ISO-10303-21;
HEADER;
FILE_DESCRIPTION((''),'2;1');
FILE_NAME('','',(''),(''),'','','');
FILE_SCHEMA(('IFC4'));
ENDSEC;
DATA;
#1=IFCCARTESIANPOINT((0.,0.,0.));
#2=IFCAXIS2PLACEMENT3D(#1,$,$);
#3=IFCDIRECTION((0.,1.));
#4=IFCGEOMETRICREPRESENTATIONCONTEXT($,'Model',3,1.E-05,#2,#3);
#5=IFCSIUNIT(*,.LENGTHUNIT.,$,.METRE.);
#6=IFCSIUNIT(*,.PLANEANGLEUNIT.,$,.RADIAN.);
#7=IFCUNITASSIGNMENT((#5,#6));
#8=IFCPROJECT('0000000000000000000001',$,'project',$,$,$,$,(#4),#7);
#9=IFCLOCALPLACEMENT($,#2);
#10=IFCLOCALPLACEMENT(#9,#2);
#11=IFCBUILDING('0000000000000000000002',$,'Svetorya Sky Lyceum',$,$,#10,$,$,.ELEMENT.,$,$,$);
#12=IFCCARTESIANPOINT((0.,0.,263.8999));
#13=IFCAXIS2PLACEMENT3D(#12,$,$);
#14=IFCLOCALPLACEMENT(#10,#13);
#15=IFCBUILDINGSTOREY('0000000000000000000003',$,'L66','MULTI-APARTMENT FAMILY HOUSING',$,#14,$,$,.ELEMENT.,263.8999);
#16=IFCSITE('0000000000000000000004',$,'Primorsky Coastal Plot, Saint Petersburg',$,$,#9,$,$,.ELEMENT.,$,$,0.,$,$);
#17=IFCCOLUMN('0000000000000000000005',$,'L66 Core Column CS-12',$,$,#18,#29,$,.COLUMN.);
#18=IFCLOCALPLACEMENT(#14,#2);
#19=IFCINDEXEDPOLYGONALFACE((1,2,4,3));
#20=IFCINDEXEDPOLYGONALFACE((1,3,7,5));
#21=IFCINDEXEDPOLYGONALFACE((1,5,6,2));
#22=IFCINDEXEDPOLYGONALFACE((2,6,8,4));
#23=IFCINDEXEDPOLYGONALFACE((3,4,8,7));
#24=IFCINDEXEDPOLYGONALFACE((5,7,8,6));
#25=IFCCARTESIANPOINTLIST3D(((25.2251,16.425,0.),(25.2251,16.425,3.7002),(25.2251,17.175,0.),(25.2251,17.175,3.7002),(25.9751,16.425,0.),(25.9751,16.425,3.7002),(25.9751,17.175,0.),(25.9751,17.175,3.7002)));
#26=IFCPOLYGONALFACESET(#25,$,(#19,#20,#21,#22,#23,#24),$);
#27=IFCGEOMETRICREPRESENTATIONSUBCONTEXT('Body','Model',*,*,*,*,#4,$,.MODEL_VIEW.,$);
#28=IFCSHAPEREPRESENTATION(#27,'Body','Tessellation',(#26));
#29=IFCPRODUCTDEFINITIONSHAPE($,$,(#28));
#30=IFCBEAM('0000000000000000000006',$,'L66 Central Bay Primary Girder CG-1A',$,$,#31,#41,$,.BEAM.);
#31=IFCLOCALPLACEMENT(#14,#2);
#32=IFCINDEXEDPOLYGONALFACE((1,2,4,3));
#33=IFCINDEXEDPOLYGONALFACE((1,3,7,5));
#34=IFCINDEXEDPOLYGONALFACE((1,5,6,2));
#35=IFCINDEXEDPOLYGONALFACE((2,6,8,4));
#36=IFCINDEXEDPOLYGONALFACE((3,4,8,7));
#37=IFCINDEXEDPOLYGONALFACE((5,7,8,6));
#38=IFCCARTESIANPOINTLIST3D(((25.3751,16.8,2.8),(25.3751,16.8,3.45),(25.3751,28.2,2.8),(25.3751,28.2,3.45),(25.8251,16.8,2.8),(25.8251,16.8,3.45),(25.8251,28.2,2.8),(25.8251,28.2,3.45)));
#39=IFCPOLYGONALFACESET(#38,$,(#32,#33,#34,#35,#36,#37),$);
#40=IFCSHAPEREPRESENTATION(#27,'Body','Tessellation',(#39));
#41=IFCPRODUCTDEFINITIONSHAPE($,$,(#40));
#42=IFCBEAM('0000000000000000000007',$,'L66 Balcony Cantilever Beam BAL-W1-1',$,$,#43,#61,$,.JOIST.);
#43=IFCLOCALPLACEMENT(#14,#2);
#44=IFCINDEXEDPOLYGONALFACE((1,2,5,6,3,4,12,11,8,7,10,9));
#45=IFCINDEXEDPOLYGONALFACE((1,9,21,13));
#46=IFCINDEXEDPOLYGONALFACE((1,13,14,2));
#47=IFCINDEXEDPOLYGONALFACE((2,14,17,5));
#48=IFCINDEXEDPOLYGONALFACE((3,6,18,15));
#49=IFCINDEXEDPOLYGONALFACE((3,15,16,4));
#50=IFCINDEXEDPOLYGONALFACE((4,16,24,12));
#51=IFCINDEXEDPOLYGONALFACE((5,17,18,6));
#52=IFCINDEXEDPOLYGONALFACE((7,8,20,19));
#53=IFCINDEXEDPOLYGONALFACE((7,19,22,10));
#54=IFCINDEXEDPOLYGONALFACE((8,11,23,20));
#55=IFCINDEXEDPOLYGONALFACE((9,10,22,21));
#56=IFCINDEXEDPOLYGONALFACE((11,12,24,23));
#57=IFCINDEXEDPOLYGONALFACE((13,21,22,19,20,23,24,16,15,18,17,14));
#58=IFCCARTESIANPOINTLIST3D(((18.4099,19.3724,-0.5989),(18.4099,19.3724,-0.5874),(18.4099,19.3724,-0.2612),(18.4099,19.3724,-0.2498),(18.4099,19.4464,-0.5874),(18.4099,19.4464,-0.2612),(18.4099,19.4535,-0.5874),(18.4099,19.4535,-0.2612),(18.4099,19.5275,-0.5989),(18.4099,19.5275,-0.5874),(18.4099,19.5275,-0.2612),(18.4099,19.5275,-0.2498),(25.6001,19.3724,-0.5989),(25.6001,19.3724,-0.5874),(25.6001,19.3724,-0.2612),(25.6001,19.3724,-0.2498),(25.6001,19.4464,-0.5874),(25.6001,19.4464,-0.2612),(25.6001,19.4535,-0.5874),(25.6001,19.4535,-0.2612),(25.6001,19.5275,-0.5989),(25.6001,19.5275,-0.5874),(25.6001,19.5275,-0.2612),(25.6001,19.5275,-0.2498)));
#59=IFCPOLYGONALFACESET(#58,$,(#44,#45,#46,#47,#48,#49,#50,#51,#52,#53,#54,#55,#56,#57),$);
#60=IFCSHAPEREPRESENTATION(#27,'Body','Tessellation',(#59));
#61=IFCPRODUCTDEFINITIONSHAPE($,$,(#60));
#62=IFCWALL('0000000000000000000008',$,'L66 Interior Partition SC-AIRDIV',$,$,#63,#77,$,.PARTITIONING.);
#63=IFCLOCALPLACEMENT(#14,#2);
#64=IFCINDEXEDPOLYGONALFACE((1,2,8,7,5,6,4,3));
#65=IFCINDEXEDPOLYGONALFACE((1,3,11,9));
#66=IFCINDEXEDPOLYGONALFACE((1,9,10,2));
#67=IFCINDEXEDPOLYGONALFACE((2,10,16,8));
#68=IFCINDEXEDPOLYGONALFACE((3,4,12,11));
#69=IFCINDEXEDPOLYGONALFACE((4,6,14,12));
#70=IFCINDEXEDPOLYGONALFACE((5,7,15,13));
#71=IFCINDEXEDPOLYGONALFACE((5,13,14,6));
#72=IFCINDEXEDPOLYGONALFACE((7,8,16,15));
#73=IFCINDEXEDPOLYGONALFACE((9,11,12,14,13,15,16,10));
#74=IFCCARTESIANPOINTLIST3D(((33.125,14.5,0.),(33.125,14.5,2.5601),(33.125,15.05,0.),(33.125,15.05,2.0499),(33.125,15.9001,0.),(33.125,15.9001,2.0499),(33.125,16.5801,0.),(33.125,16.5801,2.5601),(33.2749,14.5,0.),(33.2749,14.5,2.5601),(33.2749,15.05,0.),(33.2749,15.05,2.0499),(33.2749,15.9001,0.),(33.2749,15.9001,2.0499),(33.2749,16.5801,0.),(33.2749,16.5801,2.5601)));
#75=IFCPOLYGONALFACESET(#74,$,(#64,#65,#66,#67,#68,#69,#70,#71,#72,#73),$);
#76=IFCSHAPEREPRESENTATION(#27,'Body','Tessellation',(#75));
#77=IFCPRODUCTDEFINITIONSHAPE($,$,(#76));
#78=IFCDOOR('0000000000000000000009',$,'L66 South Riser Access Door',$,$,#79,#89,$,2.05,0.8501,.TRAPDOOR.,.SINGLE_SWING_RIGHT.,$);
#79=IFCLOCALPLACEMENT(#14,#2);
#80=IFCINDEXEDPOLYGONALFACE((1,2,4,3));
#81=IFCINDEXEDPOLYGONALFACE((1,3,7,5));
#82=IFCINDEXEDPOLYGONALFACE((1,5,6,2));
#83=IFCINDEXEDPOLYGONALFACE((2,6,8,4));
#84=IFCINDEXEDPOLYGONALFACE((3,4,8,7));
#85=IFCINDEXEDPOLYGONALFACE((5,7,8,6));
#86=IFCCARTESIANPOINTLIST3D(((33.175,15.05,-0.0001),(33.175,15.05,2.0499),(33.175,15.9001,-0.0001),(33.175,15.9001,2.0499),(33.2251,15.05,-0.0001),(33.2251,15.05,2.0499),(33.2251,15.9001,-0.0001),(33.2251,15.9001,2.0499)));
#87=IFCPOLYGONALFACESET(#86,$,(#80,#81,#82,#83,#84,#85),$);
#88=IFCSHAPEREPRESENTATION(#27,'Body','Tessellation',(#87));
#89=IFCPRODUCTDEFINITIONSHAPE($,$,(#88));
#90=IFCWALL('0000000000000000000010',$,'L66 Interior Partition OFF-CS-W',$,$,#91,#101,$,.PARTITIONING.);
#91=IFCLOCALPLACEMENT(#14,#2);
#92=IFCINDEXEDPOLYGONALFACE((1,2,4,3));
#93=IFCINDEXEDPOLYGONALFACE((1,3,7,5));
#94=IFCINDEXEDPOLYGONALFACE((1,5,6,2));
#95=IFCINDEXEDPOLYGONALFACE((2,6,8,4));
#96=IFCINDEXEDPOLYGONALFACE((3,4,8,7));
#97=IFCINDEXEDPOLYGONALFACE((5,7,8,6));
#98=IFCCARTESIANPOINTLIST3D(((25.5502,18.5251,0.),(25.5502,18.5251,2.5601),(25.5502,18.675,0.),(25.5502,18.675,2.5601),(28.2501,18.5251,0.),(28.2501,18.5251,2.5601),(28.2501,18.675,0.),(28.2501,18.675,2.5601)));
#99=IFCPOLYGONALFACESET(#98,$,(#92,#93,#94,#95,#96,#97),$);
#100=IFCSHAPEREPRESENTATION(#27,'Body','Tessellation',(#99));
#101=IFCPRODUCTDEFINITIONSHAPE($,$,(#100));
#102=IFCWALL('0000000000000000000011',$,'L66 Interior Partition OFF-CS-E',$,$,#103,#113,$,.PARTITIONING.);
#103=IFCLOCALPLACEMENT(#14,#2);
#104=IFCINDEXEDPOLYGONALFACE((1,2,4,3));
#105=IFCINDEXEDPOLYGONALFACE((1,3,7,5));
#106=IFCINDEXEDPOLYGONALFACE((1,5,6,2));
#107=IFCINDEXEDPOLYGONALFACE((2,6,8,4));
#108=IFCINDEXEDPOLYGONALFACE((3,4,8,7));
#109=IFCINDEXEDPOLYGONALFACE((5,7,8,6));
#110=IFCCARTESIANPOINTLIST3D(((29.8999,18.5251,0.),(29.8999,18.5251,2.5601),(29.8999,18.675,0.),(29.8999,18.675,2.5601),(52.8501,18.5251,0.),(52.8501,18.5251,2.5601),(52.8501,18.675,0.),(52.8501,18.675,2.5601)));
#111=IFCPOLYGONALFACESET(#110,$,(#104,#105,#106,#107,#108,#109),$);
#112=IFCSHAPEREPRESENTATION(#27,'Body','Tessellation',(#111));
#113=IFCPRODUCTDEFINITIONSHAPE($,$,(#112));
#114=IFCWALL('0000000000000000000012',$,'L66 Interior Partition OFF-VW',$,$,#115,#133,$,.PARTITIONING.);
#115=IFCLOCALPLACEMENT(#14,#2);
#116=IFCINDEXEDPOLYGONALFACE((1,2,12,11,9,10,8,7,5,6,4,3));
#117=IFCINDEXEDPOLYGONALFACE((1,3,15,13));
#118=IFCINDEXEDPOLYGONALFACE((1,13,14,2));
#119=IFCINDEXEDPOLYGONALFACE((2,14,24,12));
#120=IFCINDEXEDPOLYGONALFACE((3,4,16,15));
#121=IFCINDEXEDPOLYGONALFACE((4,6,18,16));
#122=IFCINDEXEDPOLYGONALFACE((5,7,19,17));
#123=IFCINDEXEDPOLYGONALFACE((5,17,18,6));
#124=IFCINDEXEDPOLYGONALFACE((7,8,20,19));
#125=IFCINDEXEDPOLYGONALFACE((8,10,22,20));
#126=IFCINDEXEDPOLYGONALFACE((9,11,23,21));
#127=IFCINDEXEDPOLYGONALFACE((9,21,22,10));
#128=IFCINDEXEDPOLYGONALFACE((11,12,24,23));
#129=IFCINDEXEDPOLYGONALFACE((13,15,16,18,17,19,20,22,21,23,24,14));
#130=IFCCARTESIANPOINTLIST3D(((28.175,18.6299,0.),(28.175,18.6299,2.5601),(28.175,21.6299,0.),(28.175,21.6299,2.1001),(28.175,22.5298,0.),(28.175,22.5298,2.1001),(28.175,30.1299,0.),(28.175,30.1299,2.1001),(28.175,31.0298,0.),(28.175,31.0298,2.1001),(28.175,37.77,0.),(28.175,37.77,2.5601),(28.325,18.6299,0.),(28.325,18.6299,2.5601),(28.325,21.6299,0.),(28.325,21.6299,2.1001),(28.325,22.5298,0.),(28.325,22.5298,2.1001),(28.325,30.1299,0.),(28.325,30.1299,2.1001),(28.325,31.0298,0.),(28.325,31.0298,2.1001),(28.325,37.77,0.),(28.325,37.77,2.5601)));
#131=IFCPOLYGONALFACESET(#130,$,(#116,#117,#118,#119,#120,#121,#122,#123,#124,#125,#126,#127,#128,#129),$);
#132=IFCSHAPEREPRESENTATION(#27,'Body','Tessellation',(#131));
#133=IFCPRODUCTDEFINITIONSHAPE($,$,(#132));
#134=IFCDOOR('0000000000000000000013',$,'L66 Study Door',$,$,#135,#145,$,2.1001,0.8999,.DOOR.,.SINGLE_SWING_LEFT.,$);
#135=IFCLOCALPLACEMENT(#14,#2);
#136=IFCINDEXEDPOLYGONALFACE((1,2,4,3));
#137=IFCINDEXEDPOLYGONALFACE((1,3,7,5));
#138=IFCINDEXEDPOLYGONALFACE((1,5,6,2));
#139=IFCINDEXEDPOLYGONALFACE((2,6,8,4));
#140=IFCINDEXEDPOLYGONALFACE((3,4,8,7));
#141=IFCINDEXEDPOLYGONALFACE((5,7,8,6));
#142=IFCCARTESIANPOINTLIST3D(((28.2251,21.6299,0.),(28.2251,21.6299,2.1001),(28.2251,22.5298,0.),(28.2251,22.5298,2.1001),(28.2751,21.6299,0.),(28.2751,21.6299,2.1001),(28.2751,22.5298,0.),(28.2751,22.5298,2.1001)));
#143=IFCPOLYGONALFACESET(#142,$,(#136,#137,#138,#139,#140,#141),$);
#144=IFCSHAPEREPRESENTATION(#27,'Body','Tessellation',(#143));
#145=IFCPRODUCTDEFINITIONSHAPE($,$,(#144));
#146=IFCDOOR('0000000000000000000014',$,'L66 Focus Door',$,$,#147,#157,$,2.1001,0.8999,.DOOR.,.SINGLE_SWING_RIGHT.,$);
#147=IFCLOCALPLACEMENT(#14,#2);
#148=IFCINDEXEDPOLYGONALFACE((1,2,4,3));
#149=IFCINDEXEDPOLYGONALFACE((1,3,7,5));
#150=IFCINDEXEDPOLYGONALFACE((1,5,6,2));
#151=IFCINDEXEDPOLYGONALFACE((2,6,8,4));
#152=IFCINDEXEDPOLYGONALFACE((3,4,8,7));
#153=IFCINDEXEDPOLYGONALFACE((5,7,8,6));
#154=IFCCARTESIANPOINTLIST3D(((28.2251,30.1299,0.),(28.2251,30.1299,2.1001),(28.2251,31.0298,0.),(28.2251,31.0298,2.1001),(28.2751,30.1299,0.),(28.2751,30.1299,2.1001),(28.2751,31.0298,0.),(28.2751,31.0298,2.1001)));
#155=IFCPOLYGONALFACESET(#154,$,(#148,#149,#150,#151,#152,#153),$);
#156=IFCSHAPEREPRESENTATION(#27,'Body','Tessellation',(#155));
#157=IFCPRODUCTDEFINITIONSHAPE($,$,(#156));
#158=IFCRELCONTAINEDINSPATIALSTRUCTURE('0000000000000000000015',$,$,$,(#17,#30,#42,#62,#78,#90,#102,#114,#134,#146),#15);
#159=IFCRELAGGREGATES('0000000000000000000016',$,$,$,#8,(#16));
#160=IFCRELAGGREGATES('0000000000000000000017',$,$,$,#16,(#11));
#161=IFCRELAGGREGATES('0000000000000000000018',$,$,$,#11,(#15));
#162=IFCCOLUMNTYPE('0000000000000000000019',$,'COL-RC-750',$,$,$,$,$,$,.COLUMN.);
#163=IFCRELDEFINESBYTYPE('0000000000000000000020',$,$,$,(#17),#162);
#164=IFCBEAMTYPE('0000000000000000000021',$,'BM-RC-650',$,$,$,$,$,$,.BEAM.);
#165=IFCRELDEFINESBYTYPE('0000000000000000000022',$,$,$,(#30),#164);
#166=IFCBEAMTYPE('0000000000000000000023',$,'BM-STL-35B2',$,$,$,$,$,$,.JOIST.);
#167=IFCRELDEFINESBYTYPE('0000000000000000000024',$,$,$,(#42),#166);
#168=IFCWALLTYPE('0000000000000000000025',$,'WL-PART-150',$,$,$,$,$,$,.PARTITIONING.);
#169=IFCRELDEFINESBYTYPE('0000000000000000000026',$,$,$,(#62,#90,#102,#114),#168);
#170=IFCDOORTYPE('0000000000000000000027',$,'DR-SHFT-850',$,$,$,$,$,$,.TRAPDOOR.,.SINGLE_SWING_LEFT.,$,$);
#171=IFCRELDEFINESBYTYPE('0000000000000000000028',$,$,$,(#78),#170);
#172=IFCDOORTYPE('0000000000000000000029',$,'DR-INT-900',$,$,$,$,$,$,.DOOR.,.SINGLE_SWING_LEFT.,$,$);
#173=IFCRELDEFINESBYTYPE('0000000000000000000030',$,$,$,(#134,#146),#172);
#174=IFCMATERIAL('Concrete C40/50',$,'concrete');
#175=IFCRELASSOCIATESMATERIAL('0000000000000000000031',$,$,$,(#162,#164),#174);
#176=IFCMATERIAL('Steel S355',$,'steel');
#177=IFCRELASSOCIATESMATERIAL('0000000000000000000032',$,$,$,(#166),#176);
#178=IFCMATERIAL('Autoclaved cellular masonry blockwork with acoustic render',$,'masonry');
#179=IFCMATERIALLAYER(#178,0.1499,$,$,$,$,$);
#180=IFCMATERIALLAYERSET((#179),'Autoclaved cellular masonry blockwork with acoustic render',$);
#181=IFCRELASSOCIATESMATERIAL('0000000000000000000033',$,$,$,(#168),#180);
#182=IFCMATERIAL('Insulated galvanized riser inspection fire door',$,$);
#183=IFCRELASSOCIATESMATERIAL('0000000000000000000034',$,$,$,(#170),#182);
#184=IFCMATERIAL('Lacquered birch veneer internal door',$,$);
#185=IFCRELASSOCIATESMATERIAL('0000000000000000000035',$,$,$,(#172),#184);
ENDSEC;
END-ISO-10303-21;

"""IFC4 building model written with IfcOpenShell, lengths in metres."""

from ifc_helpers import new_model, si_unit, direction, frame, frame_2d, origin, origin_2d, place, context, subcontext, project, spatial, rectangle, i_section, extrude, material, layer, layer_set, material_profile, profile_set, type_object, element, fill, save


model = new_model("IFC4")

# Units and contexts
model_context = context("Model", 3, precision=1e-05, world=origin(), true_north=direction((0.0, 1.0)))
body_context = subcontext(model_context, "Body", "Model", "MODEL_VIEW")
ifc_project = project(units=[si_unit("LENGTHUNIT", "METRE"), si_unit("PLANEANGLEUNIT", "RADIAN")], contexts=[model_context])

# Site, building, storey
site_placement = place(None, origin())
site = spatial("IfcSite", under=ifc_project, at=site_placement, Name="Primorsky Coastal Plot, Saint Petersburg", CompositionType="ELEMENT", RefElevation=0.0)
building_placement = place(site_placement, origin())
building = spatial("IfcBuilding", under=site, at=building_placement, Name="Svetorya Sky Lyceum", CompositionType="ELEMENT")
storey_placement = place(building_placement, frame((0.0, 0.0, 263.8999)))
storey = spatial("IfcBuildingStorey", under=building, at=storey_placement, Name="L66", Description="MULTI-APARTMENT FAMILY HOUSING", CompositionType="ELEMENT", Elevation=263.8999)

# Column
ifc_material_1 = material(Name="Concrete C40/50", Category="concrete")
ifc_material_profile_1 = material_profile(ifc_material_1, rectangle(XDim=0.75, YDim=0.75, at=origin_2d()), Name="RC COL 750x750")
ifc_profile_set_1 = profile_set([ifc_material_profile_1], Name="Concrete C40/50")
column_type = type_object("IfcColumnType", Name="COL-RC-750", PredefinedType="COLUMN", material=ifc_profile_set_1)
column_placement = place(storey_placement, frame((25.6001, 16.8, 0.0), z_axis=(0.0, 0.0, 1.0), x_axis=(1.0, 0.0, 0.0)))
element("IfcColumn", 1, at=column_placement, inside=storey, type_object=column_type, Name="L66 Core Column CS-12", PredefinedType="COLUMN", context=body_context, shape_type="SweptSolid", body=[
    extrude(rectangle(XDim=0.75, YDim=0.75, at=origin_2d()), origin(), (0.0, 0.0, 1.0), 3.7002),
])

# Beams
ifc_material_profile_2 = material_profile(ifc_material_1, rectangle(XDim=0.45, YDim=0.6499, at=origin_2d()), Name="RC BEAM 450x650")
ifc_profile_set_2 = profile_set([ifc_material_profile_2], Name="Concrete C40/50")
beam_type_1 = type_object("IfcBeamType", Name="BM-RC-650", PredefinedType="BEAM", material=ifc_profile_set_2)
beam_1_placement = place(storey_placement, frame((25.6001, 16.8, 3.125), z_axis=(0.0, 1.0, 0.0), x_axis=(-1.0, 0.0, 0.0)))
element("IfcBeam", 2, at=beam_1_placement, inside=storey, type_object=beam_type_1, Name="L66 Central Bay Primary Girder CG-1A", PredefinedType="BEAM", context=body_context, shape_type="SweptSolid", body=[
    extrude(rectangle(XDim=0.45, YDim=0.6499, at=origin_2d()), origin(), (0.0, 0.0, 1.0), 11.3999),
])
ifc_material_2 = material(Name="Steel S355", Category="steel")
ifc_material_profile_3 = material_profile(ifc_material_2, i_section(OverallWidth=0.155, OverallDepth=0.3491, WebThickness=0.0071, FlangeThickness=0.0115, at=origin_2d()), Name="GOST 35B2")
ifc_profile_set_3 = profile_set([ifc_material_profile_3], Name="Steel S355")
beam_type_2 = type_object("IfcBeamType", Name="BM-STL-35B2", PredefinedType="JOIST", material=ifc_profile_set_3)
beam_2_placement = place(storey_placement, frame((25.6001, 19.45, -0.4243), z_axis=(-1.0, 0.0, 0.0), x_axis=(0.0, -1.0, 0.0)))
element("IfcBeam", 3, at=beam_2_placement, inside=storey, type_object=beam_type_2, Name="L66 Balcony Cantilever Beam BAL-W1-1", PredefinedType="JOIST", context=body_context, shape_type="SweptSolid", body=[
    extrude(i_section(OverallWidth=0.155, OverallDepth=0.3491, WebThickness=0.0071, FlangeThickness=0.0115, at=origin_2d()), origin(), (0.0, 0.0, 1.0), 7.1902),
])

# Wall, opening, door
ifc_material_3 = material(Name="Autoclaved cellular masonry blockwork with acoustic render", Category="masonry")
ifc_layer_1 = layer(ifc_material_3, 0.1499)
ifc_layer_set_1 = layer_set([ifc_layer_1], Name="Autoclaved cellular masonry blockwork with acoustic render")
wall_type_1 = type_object("IfcWallType", Name="WL-PART-150", PredefinedType="PARTITIONING", material=ifc_layer_set_1)
wall_1_placement = place(storey_placement, frame((33.2, 14.5, 0.0), z_axis=(0.0, 0.0, 1.0), x_axis=(0.0, 1.0, 0.0)))
wall_1 = element("IfcWall", 4, at=wall_1_placement, inside=storey, type_object=wall_type_1, Name="L66 Interior Partition SC-AIRDIV", PredefinedType="PARTITIONING", context=body_context, shape_type="SweptSolid", body=[
    extrude(rectangle(XDim=2.0801, YDim=0.1499, at=frame_2d((1.04, 0.0))), origin(), (0.0, 0.0, 1.0), 2.5601),
])
opening_1_placement = place(wall_1_placement, frame((0.55, 0.0, 0.0)))
opening_1 = element("IfcOpeningElement", 5, at=opening_1_placement, cuts=wall_1, PredefinedType="OPENING", context=body_context, shape_type="SweptSolid", body=[
    extrude(rectangle(XDim=0.8501, YDim=2.05, at=frame_2d((0.425, 1.0249))), frame((0.0, 0.085, 0.0), z_axis=(0.0, -1.0, 0.0), x_axis=(1.0, 0.0, 0.0)), (0.0, 0.0, 1.0), 0.1699),
])
ifc_material_4 = material(Name="Insulated galvanized riser inspection fire door")
door_type_1 = type_object("IfcDoorType", Name="DR-SHFT-850", OperationType="SINGLE_SWING_LEFT", PredefinedType="TRAPDOOR", material=ifc_material_4)
door_1_placement = place(opening_1_placement, origin())
door_1 = element("IfcDoor", 6, at=door_1_placement, inside=storey, type_object=door_type_1, Name="L66 South Riser Access Door", OperationType="SINGLE_SWING_RIGHT", OverallHeight=2.05, OverallWidth=0.8501, PredefinedType="TRAPDOOR", context=body_context, shape_type="SweptSolid", body=[
    extrude(rectangle(XDim=0.8501, YDim=2.05, at=frame_2d((0.425, 1.0249))), frame((0.0, 0.0249, 0.0), z_axis=(0.0, -1.0, 0.0), x_axis=(1.0, 0.0, 0.0)), (0.0, 0.0, 1.0), 0.05),
])
fill(opening_1, door_1)

# Walls
wall_2_placement = place(storey_placement, frame((25.55, 18.6001, 0.0), z_axis=(0.0, 0.0, 1.0), x_axis=(1.0, 0.0, 0.0)))
element("IfcWall", 7, at=wall_2_placement, inside=storey, type_object=wall_type_1, Name="L66 Interior Partition OFF-CS-W", PredefinedType="PARTITIONING", context=body_context, shape_type="SweptSolid", body=[
    extrude(rectangle(XDim=2.7, YDim=0.1499, at=frame_2d((1.3501, 0.0))), origin(), (0.0, 0.0, 1.0), 2.5601),
])
wall_3_placement = place(storey_placement, frame((29.8999, 18.6001, 0.0), z_axis=(0.0, 0.0, 1.0), x_axis=(1.0, 0.0, 0.0)))
element("IfcWall", 8, at=wall_3_placement, inside=storey, type_object=wall_type_1, Name="L66 Interior Partition OFF-CS-E", PredefinedType="PARTITIONING", context=body_context, shape_type="SweptSolid", body=[
    extrude(rectangle(XDim=22.9502, YDim=0.1499, at=frame_2d((11.4751, 0.0))), origin(), (0.0, 0.0, 1.0), 2.5601),
])

# Wall, openings, doors
wall_4_placement = place(storey_placement, frame((28.25, 18.6299, 0.0), z_axis=(0.0, 0.0, 1.0), x_axis=(0.0, 1.0, 0.0)))
wall_4 = element("IfcWall", 9, at=wall_4_placement, inside=storey, type_object=wall_type_1, Name="L66 Interior Partition OFF-VW", PredefinedType="PARTITIONING", context=body_context, shape_type="SweptSolid", body=[
    extrude(rectangle(XDim=19.1401, YDim=0.1499, at=frame_2d((9.5701, 0.0))), origin(), (0.0, 0.0, 1.0), 2.5601),
])
opening_2_placement = place(wall_4_placement, frame((3.0, 0.0, 0.0)))
opening_2 = element("IfcOpeningElement", 10, at=opening_2_placement, cuts=wall_4, PredefinedType="OPENING", context=body_context, shape_type="SweptSolid", body=[
    extrude(rectangle(XDim=0.8999, YDim=2.1001, at=frame_2d((0.45, 1.05))), frame((0.0, 0.085, 0.0), z_axis=(0.0, -1.0, 0.0), x_axis=(1.0, 0.0, 0.0)), (0.0, 0.0, 1.0), 0.1699),
])
opening_3_placement = place(wall_4_placement, frame((11.5, 0.0, 0.0)))
opening_3 = element("IfcOpeningElement", 11, at=opening_3_placement, cuts=wall_4, PredefinedType="OPENING", context=body_context, shape_type="SweptSolid", body=[
    extrude(rectangle(XDim=0.8999, YDim=2.1001, at=frame_2d((0.45, 1.05))), frame((0.0, 0.085, 0.0), z_axis=(0.0, -1.0, 0.0), x_axis=(1.0, 0.0, 0.0)), (0.0, 0.0, 1.0), 0.1699),
])
ifc_material_5 = material(Name="Lacquered birch veneer internal door")
door_type_2 = type_object("IfcDoorType", Name="DR-INT-900", OperationType="SINGLE_SWING_LEFT", PredefinedType="DOOR", material=ifc_material_5)
door_2_placement = place(opening_2_placement, origin())
door_2 = element("IfcDoor", 12, at=door_2_placement, inside=storey, type_object=door_type_2, Name="L66 Study Door", OperationType="SINGLE_SWING_LEFT", OverallHeight=2.1001, OverallWidth=0.8999, PredefinedType="DOOR", context=body_context, shape_type="SweptSolid", body=[
    extrude(rectangle(XDim=0.8999, YDim=2.1001, at=frame_2d((0.45, 1.05))), frame((0.0, 0.0249, 0.0), z_axis=(0.0, -1.0, 0.0), x_axis=(1.0, 0.0, 0.0)), (0.0, 0.0, 1.0), 0.05),
])
fill(opening_2, door_2)
door_3_placement = place(opening_3_placement, origin())
door_3 = element("IfcDoor", 13, at=door_3_placement, inside=storey, type_object=door_type_2, Name="L66 Focus Door", OperationType="SINGLE_SWING_RIGHT", OverallHeight=2.1001, OverallWidth=0.8999, PredefinedType="DOOR", context=body_context, shape_type="SweptSolid", body=[
    extrude(rectangle(XDim=0.8999, YDim=2.1001, at=frame_2d((0.45, 1.05))), frame((0.0, 0.0249, 0.0), z_axis=(0.0, -1.0, 0.0), x_axis=(1.0, 0.0, 0.0)), (0.0, 0.0, 1.0), 0.05),
])
fill(opening_3, door_3)

save(model, "model.ifc")
